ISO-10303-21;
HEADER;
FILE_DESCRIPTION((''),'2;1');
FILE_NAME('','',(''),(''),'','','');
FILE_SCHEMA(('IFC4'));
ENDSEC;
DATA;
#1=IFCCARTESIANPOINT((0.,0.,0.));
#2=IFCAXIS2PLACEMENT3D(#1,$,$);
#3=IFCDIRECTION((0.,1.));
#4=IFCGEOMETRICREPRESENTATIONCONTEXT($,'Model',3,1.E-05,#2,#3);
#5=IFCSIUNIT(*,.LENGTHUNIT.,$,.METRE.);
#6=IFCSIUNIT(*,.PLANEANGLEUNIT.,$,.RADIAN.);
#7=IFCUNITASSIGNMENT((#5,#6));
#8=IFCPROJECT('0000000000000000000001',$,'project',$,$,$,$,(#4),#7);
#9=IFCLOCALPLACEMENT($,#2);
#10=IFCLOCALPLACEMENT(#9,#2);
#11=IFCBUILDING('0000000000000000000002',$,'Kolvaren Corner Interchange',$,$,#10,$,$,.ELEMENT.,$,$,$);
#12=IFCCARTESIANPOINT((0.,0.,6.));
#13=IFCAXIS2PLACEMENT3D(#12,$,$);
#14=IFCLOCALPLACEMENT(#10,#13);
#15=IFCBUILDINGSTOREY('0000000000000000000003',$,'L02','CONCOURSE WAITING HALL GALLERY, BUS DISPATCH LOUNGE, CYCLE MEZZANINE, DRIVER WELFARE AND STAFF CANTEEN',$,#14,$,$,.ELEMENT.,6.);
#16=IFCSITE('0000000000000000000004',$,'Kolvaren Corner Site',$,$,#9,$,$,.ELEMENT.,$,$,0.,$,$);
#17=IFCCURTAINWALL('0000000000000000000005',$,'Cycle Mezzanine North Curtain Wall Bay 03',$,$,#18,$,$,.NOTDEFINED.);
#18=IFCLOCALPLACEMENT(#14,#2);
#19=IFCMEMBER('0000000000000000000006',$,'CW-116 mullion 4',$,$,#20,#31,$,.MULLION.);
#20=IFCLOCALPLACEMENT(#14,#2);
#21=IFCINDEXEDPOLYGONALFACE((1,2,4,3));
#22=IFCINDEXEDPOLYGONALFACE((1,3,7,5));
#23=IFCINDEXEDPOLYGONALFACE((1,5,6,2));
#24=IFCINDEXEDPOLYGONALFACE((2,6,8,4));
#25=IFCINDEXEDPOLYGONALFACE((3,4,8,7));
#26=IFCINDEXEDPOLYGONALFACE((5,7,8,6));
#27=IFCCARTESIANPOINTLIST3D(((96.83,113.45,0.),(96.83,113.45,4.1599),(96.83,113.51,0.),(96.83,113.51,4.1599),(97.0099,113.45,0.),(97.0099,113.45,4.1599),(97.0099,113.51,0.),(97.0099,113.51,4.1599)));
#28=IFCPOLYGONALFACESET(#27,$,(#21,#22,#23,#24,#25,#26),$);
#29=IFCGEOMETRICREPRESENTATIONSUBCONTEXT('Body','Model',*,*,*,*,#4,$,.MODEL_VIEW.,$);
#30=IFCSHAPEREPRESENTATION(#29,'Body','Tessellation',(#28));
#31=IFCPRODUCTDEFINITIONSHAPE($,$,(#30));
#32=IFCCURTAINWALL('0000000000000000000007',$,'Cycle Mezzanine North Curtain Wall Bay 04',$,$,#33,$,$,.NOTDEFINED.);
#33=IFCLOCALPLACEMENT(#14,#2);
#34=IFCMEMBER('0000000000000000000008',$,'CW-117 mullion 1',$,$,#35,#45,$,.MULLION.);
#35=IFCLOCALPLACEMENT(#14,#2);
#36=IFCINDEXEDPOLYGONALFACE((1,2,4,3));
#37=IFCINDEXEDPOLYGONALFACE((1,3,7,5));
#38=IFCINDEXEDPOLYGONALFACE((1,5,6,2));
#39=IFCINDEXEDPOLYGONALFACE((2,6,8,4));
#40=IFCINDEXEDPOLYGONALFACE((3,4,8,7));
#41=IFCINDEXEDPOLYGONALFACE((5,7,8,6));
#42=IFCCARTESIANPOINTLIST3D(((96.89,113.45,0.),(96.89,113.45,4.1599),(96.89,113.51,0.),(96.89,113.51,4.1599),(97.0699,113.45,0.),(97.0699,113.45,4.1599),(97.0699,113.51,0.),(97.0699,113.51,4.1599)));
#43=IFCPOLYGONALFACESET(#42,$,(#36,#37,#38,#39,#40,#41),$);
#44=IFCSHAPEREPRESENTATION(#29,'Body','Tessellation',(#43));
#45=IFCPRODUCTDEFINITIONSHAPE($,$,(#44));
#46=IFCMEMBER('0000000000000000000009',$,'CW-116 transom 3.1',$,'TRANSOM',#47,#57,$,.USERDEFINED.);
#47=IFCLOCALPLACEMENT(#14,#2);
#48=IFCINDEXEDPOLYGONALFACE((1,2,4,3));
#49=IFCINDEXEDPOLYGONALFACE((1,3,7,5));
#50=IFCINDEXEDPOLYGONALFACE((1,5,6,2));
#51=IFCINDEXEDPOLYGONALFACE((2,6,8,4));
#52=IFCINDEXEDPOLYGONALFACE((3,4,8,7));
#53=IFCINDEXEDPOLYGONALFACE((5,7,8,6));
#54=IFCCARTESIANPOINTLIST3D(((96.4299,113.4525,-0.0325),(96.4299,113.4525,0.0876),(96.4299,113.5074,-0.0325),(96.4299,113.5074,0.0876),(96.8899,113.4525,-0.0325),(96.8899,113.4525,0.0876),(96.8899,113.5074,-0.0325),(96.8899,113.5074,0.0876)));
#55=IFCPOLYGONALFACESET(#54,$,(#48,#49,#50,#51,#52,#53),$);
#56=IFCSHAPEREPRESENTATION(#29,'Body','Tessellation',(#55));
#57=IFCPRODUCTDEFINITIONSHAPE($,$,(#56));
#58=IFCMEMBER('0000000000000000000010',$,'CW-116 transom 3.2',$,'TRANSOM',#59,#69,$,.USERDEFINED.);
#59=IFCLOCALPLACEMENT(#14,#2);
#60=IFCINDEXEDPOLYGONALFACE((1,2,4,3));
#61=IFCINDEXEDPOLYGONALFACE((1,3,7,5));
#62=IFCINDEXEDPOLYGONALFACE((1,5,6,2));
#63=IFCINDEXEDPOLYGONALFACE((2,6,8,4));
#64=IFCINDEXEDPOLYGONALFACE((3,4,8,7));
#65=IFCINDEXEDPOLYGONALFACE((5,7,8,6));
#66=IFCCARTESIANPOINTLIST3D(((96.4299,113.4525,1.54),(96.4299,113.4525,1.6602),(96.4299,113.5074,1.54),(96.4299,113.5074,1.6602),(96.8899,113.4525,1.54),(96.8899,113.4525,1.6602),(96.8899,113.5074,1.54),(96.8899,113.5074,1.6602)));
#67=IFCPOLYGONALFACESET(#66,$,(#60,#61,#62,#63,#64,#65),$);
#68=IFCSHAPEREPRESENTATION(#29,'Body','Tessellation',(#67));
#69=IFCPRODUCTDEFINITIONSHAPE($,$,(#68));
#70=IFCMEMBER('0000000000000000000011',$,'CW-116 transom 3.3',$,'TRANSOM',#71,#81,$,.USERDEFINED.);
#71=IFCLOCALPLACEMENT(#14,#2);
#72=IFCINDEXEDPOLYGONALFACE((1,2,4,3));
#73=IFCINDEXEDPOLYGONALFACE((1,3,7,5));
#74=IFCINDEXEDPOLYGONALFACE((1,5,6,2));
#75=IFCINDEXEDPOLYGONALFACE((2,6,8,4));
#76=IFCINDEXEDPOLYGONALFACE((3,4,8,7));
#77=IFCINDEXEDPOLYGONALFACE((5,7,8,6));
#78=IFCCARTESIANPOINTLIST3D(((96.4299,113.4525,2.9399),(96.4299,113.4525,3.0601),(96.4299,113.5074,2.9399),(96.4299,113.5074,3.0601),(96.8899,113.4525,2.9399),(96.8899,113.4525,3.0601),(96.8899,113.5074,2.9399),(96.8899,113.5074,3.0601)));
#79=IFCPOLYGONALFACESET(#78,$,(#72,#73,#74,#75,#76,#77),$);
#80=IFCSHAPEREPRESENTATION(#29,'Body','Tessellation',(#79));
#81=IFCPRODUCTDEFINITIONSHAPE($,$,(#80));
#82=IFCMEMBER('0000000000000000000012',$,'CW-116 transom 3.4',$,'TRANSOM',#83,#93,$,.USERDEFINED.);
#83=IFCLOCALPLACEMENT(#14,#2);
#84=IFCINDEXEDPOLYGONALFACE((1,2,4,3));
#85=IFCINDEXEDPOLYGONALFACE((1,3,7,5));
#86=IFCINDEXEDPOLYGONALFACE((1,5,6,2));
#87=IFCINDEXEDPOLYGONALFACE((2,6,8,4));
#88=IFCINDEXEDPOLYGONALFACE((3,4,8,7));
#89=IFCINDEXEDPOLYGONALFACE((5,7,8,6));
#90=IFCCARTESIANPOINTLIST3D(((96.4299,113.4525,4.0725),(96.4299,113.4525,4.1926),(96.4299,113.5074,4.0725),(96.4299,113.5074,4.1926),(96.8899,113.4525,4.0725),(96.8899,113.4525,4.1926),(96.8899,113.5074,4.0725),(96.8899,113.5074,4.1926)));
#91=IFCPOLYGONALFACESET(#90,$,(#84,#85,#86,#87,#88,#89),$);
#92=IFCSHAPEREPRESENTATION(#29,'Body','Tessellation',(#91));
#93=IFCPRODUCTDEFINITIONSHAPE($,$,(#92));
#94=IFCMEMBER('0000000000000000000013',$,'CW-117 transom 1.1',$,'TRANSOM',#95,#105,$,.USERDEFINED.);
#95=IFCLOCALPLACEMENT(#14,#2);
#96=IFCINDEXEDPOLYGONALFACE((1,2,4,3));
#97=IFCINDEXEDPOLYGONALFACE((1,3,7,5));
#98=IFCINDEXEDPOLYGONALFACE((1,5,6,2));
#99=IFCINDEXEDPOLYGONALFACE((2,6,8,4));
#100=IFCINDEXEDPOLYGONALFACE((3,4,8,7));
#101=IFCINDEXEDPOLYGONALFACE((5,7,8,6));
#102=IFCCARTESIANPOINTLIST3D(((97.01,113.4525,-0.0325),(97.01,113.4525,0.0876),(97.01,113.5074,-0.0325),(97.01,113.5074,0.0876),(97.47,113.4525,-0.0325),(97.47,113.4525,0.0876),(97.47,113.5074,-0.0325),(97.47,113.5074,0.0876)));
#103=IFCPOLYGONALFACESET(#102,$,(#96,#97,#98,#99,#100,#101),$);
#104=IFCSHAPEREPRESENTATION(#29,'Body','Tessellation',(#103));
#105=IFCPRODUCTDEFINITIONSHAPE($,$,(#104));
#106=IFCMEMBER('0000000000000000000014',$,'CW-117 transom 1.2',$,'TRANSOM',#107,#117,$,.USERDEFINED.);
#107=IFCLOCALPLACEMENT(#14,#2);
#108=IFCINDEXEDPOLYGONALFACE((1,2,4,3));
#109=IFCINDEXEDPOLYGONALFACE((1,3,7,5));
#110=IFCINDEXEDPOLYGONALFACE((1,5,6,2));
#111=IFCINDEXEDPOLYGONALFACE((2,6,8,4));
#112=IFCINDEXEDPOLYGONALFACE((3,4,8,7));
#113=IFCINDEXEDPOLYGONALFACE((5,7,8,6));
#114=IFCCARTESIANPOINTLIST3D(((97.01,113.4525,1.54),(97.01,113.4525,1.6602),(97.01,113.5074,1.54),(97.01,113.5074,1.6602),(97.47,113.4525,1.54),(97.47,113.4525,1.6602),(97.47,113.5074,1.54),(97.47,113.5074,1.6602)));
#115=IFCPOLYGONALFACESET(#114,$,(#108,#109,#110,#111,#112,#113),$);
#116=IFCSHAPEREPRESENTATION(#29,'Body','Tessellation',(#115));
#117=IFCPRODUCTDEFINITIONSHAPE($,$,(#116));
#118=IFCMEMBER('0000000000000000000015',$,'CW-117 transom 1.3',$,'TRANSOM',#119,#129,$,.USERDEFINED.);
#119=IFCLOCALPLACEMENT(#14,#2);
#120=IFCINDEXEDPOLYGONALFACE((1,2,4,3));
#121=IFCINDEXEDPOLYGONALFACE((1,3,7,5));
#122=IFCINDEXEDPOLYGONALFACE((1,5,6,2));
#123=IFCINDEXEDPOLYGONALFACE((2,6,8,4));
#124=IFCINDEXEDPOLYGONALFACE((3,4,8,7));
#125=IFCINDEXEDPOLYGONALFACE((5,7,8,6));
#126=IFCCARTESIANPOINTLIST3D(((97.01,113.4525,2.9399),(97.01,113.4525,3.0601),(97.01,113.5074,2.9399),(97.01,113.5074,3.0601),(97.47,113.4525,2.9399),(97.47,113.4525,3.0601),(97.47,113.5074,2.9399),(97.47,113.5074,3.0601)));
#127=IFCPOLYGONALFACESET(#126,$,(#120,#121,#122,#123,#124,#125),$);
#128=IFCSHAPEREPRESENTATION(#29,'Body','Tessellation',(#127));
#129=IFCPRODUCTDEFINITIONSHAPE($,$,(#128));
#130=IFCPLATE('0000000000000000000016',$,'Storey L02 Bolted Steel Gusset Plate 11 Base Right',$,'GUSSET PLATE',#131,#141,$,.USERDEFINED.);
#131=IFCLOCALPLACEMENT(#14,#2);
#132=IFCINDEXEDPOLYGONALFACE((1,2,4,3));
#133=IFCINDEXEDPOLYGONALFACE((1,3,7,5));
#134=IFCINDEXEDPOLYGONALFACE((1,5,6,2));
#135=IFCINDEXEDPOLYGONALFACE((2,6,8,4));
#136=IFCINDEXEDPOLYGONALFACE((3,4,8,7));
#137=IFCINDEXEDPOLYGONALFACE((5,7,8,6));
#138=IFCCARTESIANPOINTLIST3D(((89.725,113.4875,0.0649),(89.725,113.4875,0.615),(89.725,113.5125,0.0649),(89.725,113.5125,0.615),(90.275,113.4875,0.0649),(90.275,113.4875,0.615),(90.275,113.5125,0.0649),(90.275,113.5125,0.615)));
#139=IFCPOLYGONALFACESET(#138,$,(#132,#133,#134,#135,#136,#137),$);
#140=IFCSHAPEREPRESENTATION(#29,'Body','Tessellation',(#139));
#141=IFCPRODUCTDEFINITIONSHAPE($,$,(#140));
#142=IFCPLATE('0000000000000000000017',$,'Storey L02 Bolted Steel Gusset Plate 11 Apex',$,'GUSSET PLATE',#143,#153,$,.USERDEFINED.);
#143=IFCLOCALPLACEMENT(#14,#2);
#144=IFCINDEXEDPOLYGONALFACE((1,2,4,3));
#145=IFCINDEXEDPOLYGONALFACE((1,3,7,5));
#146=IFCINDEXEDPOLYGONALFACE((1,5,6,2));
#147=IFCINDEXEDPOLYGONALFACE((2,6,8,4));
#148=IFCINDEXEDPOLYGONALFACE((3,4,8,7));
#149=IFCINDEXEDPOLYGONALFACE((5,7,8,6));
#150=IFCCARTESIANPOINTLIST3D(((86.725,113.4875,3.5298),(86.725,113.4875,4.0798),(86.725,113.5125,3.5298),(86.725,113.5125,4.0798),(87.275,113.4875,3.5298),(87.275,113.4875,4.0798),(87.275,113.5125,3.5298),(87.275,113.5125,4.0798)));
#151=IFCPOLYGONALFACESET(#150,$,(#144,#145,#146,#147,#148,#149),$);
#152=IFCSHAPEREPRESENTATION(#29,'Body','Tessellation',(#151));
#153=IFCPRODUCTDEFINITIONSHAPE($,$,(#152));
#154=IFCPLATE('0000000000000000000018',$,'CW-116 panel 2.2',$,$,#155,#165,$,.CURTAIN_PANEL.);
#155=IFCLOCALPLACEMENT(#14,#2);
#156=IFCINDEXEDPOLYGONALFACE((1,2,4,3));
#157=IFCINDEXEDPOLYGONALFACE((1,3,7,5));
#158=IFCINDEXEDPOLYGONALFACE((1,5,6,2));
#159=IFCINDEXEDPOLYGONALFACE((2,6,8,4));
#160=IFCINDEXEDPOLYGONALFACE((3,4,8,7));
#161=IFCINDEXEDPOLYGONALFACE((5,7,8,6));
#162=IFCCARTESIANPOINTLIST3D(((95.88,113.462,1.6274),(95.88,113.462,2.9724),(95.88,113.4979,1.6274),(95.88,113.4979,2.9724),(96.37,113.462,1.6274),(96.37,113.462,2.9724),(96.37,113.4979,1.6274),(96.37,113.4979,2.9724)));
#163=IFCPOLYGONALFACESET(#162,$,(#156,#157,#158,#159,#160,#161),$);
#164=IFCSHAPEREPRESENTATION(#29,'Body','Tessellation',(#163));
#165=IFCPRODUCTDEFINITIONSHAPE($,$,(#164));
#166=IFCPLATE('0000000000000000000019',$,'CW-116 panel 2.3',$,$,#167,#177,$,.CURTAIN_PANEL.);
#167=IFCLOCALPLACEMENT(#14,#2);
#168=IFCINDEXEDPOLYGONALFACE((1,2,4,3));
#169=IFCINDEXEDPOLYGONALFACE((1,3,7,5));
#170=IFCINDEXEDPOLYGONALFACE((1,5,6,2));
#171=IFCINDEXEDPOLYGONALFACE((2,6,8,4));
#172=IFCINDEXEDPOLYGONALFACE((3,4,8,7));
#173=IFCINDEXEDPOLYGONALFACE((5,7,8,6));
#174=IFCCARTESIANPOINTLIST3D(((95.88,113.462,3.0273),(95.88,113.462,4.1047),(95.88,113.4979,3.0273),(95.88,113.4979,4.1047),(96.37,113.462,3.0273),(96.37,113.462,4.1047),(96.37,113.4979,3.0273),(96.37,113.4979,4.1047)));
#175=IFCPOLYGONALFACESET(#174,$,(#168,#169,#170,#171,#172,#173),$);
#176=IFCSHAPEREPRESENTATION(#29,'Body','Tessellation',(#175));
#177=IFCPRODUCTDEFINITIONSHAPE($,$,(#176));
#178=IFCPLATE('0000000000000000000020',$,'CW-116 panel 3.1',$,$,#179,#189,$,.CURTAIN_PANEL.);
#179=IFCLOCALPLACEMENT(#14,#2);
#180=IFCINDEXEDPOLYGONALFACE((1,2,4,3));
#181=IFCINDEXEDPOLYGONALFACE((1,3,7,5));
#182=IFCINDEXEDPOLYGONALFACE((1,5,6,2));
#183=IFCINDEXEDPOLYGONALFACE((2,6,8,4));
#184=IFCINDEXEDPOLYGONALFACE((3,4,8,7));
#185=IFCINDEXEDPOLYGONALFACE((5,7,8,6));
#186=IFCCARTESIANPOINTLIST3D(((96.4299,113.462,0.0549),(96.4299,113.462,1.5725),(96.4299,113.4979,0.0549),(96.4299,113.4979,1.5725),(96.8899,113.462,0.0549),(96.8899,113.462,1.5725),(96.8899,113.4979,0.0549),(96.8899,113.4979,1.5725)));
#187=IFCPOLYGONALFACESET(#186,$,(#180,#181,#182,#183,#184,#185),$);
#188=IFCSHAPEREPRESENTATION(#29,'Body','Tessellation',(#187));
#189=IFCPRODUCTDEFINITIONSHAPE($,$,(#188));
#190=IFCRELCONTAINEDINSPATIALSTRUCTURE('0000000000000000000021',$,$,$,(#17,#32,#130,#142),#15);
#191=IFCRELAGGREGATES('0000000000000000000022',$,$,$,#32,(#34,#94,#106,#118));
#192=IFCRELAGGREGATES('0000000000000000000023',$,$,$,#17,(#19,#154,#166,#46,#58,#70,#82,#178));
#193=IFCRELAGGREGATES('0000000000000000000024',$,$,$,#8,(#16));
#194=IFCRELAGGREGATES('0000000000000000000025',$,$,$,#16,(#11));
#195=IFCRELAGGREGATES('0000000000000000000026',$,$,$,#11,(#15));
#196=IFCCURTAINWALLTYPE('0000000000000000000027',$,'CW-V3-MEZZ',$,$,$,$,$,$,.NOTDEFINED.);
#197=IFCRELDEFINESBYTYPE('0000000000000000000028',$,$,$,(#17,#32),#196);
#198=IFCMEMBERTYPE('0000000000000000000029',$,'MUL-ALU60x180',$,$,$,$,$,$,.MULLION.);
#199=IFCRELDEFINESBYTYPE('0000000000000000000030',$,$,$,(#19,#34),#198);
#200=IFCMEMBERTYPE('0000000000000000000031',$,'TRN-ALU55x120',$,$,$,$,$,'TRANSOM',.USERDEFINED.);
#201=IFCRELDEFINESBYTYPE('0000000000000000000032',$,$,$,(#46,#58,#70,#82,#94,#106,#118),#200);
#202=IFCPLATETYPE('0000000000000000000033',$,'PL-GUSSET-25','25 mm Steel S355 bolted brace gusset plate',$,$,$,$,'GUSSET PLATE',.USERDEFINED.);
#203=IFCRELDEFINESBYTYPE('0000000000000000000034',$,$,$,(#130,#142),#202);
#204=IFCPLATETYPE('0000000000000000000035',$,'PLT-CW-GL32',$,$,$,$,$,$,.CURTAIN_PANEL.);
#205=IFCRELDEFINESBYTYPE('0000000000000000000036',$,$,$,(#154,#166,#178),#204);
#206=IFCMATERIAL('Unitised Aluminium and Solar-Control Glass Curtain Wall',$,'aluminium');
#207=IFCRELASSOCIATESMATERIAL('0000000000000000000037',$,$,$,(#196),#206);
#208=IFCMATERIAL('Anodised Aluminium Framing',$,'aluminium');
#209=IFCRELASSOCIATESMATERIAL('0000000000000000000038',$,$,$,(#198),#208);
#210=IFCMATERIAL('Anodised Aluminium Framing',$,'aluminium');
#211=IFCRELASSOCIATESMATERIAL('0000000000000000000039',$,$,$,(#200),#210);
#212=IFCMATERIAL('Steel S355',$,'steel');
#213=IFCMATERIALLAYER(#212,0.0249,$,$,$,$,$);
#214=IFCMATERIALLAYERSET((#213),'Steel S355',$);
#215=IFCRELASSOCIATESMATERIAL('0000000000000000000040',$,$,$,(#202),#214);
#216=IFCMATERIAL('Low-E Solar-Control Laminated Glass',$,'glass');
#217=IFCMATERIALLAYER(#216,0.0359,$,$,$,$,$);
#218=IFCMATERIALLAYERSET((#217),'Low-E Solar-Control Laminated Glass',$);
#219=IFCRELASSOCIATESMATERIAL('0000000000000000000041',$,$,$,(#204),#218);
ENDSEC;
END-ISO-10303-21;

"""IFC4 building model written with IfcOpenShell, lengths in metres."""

from ifc_helpers import new_model, si_unit, direction, frame, origin, origin_2d, place, context, subcontext, project, spatial, rectangle, extrude, material, layer, layer_set, material_profile, profile_set, type_object, element, aggregate, save


model = new_model("IFC4")

# Units and contexts
model_context = context("Model", 3, precision=1e-05, world=origin(), true_north=direction((0.0, 1.0)))
body_context = subcontext(model_context, "Body", "Model", "MODEL_VIEW")
ifc_project = project(units=[si_unit("LENGTHUNIT", "METRE"), si_unit("PLANEANGLEUNIT", "RADIAN")], contexts=[model_context])

# Site, building, storey
site_placement = place(None, origin())
site = spatial("IfcSite", under=ifc_project, at=site_placement, Name="Kolvaren Corner Site", CompositionType="ELEMENT", RefElevation=0.0)
building_placement = place(site_placement, origin())
building = spatial("IfcBuilding", under=site, at=building_placement, Name="Kolvaren Corner Interchange", CompositionType="ELEMENT")
storey_placement = place(building_placement, frame((0.0, 0.0, 6.0)))
storey = spatial("IfcBuildingStorey", under=building, at=storey_placement, Name="L02", Description="CONCOURSE WAITING HALL GALLERY, BUS DISPATCH LOUNGE, CYCLE MEZZANINE, DRIVER WELFARE AND STAFF CANTEEN", CompositionType="ELEMENT", Elevation=6.0)

# Curtain wall, member
ifc_material_1 = material(Name="Unitised Aluminium and Solar-Control Glass Curtain Wall", Category="aluminium")
curtain_wall_type = type_object("IfcCurtainWallType", Name="CW-V3-MEZZ", PredefinedType="NOTDEFINED", material=ifc_material_1)
curtain_wall_1_placement = place(storey_placement, origin())
curtain_wall_1 = element("IfcCurtainWall", 1, at=curtain_wall_1_placement, inside=storey, type_object=curtain_wall_type, Name="Cycle Mezzanine North Curtain Wall Bay 03", PredefinedType="NOTDEFINED")
ifc_material_2 = material(Name="Anodised Aluminium Framing", Category="aluminium")
ifc_material_profile_1 = material_profile(ifc_material_2, rectangle(XDim=0.0601, YDim=0.1799, at=origin_2d()), Name="ALU 60x180")
ifc_profile_set_1 = profile_set([ifc_material_profile_1], Name="Anodised Aluminium Framing")
member_type_1 = type_object("IfcMemberType", Name="MUL-ALU60x180", PredefinedType="MULLION", material=ifc_profile_set_1)
member_1_placement = place(storey_placement, frame((96.9199, 113.48, 0.0), z_axis=(0.0, 0.0, 1.0), x_axis=(0.0, 1.0, 0.0)))
member_1 = element("IfcMember", 2, at=member_1_placement, type_object=member_type_1, Name="CW-116 mullion 4", PredefinedType="MULLION", context=body_context, shape_type="SweptSolid", body=[
    extrude(rectangle(XDim=0.0601, YDim=0.1799, at=origin_2d()), origin(), (0.0, 0.0, 1.0), 4.1599),
])

# Curtain wall, member
curtain_wall_2_placement = place(storey_placement, origin())
curtain_wall_2 = element("IfcCurtainWall", 3, at=curtain_wall_2_placement, inside=storey, type_object=curtain_wall_type, Name="Cycle Mezzanine North Curtain Wall Bay 04", PredefinedType="NOTDEFINED")
member_2_placement = place(storey_placement, frame((96.98, 113.48, 0.0), z_axis=(0.0, 0.0, 1.0), x_axis=(0.0, 1.0, 0.0)))
member_2 = element("IfcMember", 4, at=member_2_placement, type_object=member_type_1, Name="CW-117 mullion 1", PredefinedType="MULLION", context=body_context, shape_type="SweptSolid", body=[
    extrude(rectangle(XDim=0.0601, YDim=0.1799, at=origin_2d()), origin(), (0.0, 0.0, 1.0), 4.1599),
])

# Members
ifc_material_3 = material(Name="Anodised Aluminium Framing", Category="aluminium")
ifc_material_profile_2 = material_profile(ifc_material_3, rectangle(XDim=0.0549, YDim=0.1201, at=origin_2d()), Name="ALU 55x120")
ifc_profile_set_2 = profile_set([ifc_material_profile_2], Name="Anodised Aluminium Framing")
member_type_2 = type_object("IfcMemberType", Name="TRN-ALU55x120", ElementType="TRANSOM", PredefinedType="USERDEFINED", material=ifc_profile_set_2)
member_3_placement = place(storey_placement, frame((96.4299, 113.48, 0.0276), z_axis=(1.0, 0.0, 0.0), x_axis=(0.0, 1.0, 0.0)))
member_3 = element("IfcMember", 5, at=member_3_placement, type_object=member_type_2, Name="CW-116 transom 3.1", ObjectType="TRANSOM", PredefinedType="USERDEFINED", context=body_context, shape_type="SweptSolid", body=[
    extrude(rectangle(XDim=0.0549, YDim=0.1201, at=origin_2d()), origin(), (0.0, 0.0, 1.0), 0.46),
])
member_4_placement = place(storey_placement, frame((96.4299, 113.48, 1.6001), z_axis=(1.0, 0.0, 0.0), x_axis=(0.0, 1.0, 0.0)))
member_4 = element("IfcMember", 6, at=member_4_placement, type_object=member_type_2, Name="CW-116 transom 3.2", ObjectType="TRANSOM", PredefinedType="USERDEFINED", context=body_context, shape_type="SweptSolid", body=[
    extrude(rectangle(XDim=0.0549, YDim=0.1201, at=origin_2d()), origin(), (0.0, 0.0, 1.0), 0.46),
])
member_5_placement = place(storey_placement, frame((96.4299, 113.48, 3.0), z_axis=(1.0, 0.0, 0.0), x_axis=(0.0, 1.0, 0.0)))
member_5 = element("IfcMember", 7, at=member_5_placement, type_object=member_type_2, Name="CW-116 transom 3.3", ObjectType="TRANSOM", PredefinedType="USERDEFINED", context=body_context, shape_type="SweptSolid", body=[
    extrude(rectangle(XDim=0.0549, YDim=0.1201, at=origin_2d()), origin(), (0.0, 0.0, 1.0), 0.46),
])
member_6_placement = place(storey_placement, frame((96.4299, 113.48, 4.1326), z_axis=(1.0, 0.0, 0.0), x_axis=(0.0, 1.0, 0.0)))
member_6 = element("IfcMember", 8, at=member_6_placement, type_object=member_type_2, Name="CW-116 transom 3.4", ObjectType="TRANSOM", PredefinedType="USERDEFINED", context=body_context, shape_type="SweptSolid", body=[
    extrude(rectangle(XDim=0.0549, YDim=0.1201, at=origin_2d()), origin(), (0.0, 0.0, 1.0), 0.46),
])
member_7_placement = place(storey_placement, frame((97.01, 113.48, 0.0276), z_axis=(1.0, 0.0, 0.0), x_axis=(0.0, 1.0, 0.0)))
member_7 = element("IfcMember", 9, at=member_7_placement, type_object=member_type_2, Name="CW-117 transom 1.1", ObjectType="TRANSOM", PredefinedType="USERDEFINED", context=body_context, shape_type="SweptSolid", body=[
    extrude(rectangle(XDim=0.0549, YDim=0.1201, at=origin_2d()), origin(), (0.0, 0.0, 1.0), 0.46),
])
member_8_placement = place(storey_placement, frame((97.01, 113.48, 1.6001), z_axis=(1.0, 0.0, 0.0), x_axis=(0.0, 1.0, 0.0)))
member_8 = element("IfcMember", 10, at=member_8_placement, type_object=member_type_2, Name="CW-117 transom 1.2", ObjectType="TRANSOM", PredefinedType="USERDEFINED", context=body_context, shape_type="SweptSolid", body=[
    extrude(rectangle(XDim=0.0549, YDim=0.1201, at=origin_2d()), origin(), (0.0, 0.0, 1.0), 0.46),
])
member_9_placement = place(storey_placement, frame((97.01, 113.48, 3.0), z_axis=(1.0, 0.0, 0.0), x_axis=(0.0, 1.0, 0.0)))
member_9 = element("IfcMember", 11, at=member_9_placement, type_object=member_type_2, Name="CW-117 transom 1.3", ObjectType="TRANSOM", PredefinedType="USERDEFINED", context=body_context, shape_type="SweptSolid", body=[
    extrude(rectangle(XDim=0.0549, YDim=0.1201, at=origin_2d()), origin(), (0.0, 0.0, 1.0), 0.46),
])
aggregate(curtain_wall_2, [member_2, member_7, member_8, member_9])

# Plates
ifc_material_4 = material(Name="Steel S355", Category="steel")
ifc_layer_1 = layer(ifc_material_4, 0.0249)
ifc_layer_set_1 = layer_set([ifc_layer_1], Name="Steel S355")
plate_type_1 = type_object("IfcPlateType", Name="PL-GUSSET-25", Description="25 mm Steel S355 bolted brace gusset plate", ElementType="GUSSET PLATE", PredefinedType="USERDEFINED", material=ifc_layer_set_1)
for number, where, z_axis, x_axis, name in (
    (12, (90.0, 113.5, 0.0649), (0.0, 0.0, 1.0), (1.0, 0.0, 0.0), "Storey L02 Bolted Steel Gusset Plate 11 Base Right"),
    (13, (87.0, 113.5, 3.5298), (0.0, 0.0, 1.0), (1.0, 0.0, 0.0), "Storey L02 Bolted Steel Gusset Plate 11 Apex"),
):
    element("IfcPlate", number, at=place(storey_placement, frame(where, z_axis=z_axis, x_axis=x_axis)), inside=storey, type_object=plate_type_1, Name=name, ObjectType="GUSSET PLATE", PredefinedType="USERDEFINED", context=body_context, shape_type="SweptSolid", body=[
        extrude(rectangle(XDim=0.55, YDim=0.0249, at=origin_2d()), origin(), (0.0, 0.0, 1.0), 0.55),
    ])

# Plates
ifc_material_5 = material(Name="Low-E Solar-Control Laminated Glass", Category="glass")
ifc_layer_2 = layer(ifc_material_5, 0.0359)
ifc_layer_set_2 = layer_set([ifc_layer_2], Name="Low-E Solar-Control Laminated Glass")
plate_type_2 = type_object("IfcPlateType", Name="PLT-CW-GL32", PredefinedType="CURTAIN_PANEL", material=ifc_layer_set_2)
plate_1_placement = place(storey_placement, frame((96.125, 113.48, 1.6274), z_axis=(0.0, 0.0, 1.0), x_axis=(1.0, 0.0, 0.0)))
plate_1 = element("IfcPlate", 14, at=plate_1_placement, type_object=plate_type_2, Name="CW-116 panel 2.2", PredefinedType="CURTAIN_PANEL", context=body_context, shape_type="SweptSolid", body=[
    extrude(rectangle(XDim=0.49, YDim=0.0359, at=origin_2d()), origin(), (0.0, 0.0, 1.0), 1.345),
])
plate_2_placement = place(storey_placement, frame((96.125, 113.48, 3.0273), z_axis=(0.0, 0.0, 1.0), x_axis=(1.0, 0.0, 0.0)))
plate_2 = element("IfcPlate", 15, at=plate_2_placement, type_object=plate_type_2, Name="CW-116 panel 2.3", PredefinedType="CURTAIN_PANEL", context=body_context, shape_type="SweptSolid", body=[
    extrude(rectangle(XDim=0.49, YDim=0.0359, at=origin_2d()), origin(), (0.0, 0.0, 1.0), 1.0774),
])
plate_3_placement = place(storey_placement, frame((96.6599, 113.48, 0.0549), z_axis=(0.0, 0.0, 1.0), x_axis=(1.0, 0.0, 0.0)))
plate_3 = element("IfcPlate", 16, at=plate_3_placement, type_object=plate_type_2, Name="CW-116 panel 3.1", PredefinedType="CURTAIN_PANEL", context=body_context, shape_type="SweptSolid", body=[
    extrude(rectangle(XDim=0.46, YDim=0.0359, at=origin_2d()), origin(), (0.0, 0.0, 1.0), 1.5176),
])
aggregate(curtain_wall_1, [member_1, plate_1, plate_2, member_3, member_4, member_5, member_6, plate_3])

save(model, "model.ifc")
